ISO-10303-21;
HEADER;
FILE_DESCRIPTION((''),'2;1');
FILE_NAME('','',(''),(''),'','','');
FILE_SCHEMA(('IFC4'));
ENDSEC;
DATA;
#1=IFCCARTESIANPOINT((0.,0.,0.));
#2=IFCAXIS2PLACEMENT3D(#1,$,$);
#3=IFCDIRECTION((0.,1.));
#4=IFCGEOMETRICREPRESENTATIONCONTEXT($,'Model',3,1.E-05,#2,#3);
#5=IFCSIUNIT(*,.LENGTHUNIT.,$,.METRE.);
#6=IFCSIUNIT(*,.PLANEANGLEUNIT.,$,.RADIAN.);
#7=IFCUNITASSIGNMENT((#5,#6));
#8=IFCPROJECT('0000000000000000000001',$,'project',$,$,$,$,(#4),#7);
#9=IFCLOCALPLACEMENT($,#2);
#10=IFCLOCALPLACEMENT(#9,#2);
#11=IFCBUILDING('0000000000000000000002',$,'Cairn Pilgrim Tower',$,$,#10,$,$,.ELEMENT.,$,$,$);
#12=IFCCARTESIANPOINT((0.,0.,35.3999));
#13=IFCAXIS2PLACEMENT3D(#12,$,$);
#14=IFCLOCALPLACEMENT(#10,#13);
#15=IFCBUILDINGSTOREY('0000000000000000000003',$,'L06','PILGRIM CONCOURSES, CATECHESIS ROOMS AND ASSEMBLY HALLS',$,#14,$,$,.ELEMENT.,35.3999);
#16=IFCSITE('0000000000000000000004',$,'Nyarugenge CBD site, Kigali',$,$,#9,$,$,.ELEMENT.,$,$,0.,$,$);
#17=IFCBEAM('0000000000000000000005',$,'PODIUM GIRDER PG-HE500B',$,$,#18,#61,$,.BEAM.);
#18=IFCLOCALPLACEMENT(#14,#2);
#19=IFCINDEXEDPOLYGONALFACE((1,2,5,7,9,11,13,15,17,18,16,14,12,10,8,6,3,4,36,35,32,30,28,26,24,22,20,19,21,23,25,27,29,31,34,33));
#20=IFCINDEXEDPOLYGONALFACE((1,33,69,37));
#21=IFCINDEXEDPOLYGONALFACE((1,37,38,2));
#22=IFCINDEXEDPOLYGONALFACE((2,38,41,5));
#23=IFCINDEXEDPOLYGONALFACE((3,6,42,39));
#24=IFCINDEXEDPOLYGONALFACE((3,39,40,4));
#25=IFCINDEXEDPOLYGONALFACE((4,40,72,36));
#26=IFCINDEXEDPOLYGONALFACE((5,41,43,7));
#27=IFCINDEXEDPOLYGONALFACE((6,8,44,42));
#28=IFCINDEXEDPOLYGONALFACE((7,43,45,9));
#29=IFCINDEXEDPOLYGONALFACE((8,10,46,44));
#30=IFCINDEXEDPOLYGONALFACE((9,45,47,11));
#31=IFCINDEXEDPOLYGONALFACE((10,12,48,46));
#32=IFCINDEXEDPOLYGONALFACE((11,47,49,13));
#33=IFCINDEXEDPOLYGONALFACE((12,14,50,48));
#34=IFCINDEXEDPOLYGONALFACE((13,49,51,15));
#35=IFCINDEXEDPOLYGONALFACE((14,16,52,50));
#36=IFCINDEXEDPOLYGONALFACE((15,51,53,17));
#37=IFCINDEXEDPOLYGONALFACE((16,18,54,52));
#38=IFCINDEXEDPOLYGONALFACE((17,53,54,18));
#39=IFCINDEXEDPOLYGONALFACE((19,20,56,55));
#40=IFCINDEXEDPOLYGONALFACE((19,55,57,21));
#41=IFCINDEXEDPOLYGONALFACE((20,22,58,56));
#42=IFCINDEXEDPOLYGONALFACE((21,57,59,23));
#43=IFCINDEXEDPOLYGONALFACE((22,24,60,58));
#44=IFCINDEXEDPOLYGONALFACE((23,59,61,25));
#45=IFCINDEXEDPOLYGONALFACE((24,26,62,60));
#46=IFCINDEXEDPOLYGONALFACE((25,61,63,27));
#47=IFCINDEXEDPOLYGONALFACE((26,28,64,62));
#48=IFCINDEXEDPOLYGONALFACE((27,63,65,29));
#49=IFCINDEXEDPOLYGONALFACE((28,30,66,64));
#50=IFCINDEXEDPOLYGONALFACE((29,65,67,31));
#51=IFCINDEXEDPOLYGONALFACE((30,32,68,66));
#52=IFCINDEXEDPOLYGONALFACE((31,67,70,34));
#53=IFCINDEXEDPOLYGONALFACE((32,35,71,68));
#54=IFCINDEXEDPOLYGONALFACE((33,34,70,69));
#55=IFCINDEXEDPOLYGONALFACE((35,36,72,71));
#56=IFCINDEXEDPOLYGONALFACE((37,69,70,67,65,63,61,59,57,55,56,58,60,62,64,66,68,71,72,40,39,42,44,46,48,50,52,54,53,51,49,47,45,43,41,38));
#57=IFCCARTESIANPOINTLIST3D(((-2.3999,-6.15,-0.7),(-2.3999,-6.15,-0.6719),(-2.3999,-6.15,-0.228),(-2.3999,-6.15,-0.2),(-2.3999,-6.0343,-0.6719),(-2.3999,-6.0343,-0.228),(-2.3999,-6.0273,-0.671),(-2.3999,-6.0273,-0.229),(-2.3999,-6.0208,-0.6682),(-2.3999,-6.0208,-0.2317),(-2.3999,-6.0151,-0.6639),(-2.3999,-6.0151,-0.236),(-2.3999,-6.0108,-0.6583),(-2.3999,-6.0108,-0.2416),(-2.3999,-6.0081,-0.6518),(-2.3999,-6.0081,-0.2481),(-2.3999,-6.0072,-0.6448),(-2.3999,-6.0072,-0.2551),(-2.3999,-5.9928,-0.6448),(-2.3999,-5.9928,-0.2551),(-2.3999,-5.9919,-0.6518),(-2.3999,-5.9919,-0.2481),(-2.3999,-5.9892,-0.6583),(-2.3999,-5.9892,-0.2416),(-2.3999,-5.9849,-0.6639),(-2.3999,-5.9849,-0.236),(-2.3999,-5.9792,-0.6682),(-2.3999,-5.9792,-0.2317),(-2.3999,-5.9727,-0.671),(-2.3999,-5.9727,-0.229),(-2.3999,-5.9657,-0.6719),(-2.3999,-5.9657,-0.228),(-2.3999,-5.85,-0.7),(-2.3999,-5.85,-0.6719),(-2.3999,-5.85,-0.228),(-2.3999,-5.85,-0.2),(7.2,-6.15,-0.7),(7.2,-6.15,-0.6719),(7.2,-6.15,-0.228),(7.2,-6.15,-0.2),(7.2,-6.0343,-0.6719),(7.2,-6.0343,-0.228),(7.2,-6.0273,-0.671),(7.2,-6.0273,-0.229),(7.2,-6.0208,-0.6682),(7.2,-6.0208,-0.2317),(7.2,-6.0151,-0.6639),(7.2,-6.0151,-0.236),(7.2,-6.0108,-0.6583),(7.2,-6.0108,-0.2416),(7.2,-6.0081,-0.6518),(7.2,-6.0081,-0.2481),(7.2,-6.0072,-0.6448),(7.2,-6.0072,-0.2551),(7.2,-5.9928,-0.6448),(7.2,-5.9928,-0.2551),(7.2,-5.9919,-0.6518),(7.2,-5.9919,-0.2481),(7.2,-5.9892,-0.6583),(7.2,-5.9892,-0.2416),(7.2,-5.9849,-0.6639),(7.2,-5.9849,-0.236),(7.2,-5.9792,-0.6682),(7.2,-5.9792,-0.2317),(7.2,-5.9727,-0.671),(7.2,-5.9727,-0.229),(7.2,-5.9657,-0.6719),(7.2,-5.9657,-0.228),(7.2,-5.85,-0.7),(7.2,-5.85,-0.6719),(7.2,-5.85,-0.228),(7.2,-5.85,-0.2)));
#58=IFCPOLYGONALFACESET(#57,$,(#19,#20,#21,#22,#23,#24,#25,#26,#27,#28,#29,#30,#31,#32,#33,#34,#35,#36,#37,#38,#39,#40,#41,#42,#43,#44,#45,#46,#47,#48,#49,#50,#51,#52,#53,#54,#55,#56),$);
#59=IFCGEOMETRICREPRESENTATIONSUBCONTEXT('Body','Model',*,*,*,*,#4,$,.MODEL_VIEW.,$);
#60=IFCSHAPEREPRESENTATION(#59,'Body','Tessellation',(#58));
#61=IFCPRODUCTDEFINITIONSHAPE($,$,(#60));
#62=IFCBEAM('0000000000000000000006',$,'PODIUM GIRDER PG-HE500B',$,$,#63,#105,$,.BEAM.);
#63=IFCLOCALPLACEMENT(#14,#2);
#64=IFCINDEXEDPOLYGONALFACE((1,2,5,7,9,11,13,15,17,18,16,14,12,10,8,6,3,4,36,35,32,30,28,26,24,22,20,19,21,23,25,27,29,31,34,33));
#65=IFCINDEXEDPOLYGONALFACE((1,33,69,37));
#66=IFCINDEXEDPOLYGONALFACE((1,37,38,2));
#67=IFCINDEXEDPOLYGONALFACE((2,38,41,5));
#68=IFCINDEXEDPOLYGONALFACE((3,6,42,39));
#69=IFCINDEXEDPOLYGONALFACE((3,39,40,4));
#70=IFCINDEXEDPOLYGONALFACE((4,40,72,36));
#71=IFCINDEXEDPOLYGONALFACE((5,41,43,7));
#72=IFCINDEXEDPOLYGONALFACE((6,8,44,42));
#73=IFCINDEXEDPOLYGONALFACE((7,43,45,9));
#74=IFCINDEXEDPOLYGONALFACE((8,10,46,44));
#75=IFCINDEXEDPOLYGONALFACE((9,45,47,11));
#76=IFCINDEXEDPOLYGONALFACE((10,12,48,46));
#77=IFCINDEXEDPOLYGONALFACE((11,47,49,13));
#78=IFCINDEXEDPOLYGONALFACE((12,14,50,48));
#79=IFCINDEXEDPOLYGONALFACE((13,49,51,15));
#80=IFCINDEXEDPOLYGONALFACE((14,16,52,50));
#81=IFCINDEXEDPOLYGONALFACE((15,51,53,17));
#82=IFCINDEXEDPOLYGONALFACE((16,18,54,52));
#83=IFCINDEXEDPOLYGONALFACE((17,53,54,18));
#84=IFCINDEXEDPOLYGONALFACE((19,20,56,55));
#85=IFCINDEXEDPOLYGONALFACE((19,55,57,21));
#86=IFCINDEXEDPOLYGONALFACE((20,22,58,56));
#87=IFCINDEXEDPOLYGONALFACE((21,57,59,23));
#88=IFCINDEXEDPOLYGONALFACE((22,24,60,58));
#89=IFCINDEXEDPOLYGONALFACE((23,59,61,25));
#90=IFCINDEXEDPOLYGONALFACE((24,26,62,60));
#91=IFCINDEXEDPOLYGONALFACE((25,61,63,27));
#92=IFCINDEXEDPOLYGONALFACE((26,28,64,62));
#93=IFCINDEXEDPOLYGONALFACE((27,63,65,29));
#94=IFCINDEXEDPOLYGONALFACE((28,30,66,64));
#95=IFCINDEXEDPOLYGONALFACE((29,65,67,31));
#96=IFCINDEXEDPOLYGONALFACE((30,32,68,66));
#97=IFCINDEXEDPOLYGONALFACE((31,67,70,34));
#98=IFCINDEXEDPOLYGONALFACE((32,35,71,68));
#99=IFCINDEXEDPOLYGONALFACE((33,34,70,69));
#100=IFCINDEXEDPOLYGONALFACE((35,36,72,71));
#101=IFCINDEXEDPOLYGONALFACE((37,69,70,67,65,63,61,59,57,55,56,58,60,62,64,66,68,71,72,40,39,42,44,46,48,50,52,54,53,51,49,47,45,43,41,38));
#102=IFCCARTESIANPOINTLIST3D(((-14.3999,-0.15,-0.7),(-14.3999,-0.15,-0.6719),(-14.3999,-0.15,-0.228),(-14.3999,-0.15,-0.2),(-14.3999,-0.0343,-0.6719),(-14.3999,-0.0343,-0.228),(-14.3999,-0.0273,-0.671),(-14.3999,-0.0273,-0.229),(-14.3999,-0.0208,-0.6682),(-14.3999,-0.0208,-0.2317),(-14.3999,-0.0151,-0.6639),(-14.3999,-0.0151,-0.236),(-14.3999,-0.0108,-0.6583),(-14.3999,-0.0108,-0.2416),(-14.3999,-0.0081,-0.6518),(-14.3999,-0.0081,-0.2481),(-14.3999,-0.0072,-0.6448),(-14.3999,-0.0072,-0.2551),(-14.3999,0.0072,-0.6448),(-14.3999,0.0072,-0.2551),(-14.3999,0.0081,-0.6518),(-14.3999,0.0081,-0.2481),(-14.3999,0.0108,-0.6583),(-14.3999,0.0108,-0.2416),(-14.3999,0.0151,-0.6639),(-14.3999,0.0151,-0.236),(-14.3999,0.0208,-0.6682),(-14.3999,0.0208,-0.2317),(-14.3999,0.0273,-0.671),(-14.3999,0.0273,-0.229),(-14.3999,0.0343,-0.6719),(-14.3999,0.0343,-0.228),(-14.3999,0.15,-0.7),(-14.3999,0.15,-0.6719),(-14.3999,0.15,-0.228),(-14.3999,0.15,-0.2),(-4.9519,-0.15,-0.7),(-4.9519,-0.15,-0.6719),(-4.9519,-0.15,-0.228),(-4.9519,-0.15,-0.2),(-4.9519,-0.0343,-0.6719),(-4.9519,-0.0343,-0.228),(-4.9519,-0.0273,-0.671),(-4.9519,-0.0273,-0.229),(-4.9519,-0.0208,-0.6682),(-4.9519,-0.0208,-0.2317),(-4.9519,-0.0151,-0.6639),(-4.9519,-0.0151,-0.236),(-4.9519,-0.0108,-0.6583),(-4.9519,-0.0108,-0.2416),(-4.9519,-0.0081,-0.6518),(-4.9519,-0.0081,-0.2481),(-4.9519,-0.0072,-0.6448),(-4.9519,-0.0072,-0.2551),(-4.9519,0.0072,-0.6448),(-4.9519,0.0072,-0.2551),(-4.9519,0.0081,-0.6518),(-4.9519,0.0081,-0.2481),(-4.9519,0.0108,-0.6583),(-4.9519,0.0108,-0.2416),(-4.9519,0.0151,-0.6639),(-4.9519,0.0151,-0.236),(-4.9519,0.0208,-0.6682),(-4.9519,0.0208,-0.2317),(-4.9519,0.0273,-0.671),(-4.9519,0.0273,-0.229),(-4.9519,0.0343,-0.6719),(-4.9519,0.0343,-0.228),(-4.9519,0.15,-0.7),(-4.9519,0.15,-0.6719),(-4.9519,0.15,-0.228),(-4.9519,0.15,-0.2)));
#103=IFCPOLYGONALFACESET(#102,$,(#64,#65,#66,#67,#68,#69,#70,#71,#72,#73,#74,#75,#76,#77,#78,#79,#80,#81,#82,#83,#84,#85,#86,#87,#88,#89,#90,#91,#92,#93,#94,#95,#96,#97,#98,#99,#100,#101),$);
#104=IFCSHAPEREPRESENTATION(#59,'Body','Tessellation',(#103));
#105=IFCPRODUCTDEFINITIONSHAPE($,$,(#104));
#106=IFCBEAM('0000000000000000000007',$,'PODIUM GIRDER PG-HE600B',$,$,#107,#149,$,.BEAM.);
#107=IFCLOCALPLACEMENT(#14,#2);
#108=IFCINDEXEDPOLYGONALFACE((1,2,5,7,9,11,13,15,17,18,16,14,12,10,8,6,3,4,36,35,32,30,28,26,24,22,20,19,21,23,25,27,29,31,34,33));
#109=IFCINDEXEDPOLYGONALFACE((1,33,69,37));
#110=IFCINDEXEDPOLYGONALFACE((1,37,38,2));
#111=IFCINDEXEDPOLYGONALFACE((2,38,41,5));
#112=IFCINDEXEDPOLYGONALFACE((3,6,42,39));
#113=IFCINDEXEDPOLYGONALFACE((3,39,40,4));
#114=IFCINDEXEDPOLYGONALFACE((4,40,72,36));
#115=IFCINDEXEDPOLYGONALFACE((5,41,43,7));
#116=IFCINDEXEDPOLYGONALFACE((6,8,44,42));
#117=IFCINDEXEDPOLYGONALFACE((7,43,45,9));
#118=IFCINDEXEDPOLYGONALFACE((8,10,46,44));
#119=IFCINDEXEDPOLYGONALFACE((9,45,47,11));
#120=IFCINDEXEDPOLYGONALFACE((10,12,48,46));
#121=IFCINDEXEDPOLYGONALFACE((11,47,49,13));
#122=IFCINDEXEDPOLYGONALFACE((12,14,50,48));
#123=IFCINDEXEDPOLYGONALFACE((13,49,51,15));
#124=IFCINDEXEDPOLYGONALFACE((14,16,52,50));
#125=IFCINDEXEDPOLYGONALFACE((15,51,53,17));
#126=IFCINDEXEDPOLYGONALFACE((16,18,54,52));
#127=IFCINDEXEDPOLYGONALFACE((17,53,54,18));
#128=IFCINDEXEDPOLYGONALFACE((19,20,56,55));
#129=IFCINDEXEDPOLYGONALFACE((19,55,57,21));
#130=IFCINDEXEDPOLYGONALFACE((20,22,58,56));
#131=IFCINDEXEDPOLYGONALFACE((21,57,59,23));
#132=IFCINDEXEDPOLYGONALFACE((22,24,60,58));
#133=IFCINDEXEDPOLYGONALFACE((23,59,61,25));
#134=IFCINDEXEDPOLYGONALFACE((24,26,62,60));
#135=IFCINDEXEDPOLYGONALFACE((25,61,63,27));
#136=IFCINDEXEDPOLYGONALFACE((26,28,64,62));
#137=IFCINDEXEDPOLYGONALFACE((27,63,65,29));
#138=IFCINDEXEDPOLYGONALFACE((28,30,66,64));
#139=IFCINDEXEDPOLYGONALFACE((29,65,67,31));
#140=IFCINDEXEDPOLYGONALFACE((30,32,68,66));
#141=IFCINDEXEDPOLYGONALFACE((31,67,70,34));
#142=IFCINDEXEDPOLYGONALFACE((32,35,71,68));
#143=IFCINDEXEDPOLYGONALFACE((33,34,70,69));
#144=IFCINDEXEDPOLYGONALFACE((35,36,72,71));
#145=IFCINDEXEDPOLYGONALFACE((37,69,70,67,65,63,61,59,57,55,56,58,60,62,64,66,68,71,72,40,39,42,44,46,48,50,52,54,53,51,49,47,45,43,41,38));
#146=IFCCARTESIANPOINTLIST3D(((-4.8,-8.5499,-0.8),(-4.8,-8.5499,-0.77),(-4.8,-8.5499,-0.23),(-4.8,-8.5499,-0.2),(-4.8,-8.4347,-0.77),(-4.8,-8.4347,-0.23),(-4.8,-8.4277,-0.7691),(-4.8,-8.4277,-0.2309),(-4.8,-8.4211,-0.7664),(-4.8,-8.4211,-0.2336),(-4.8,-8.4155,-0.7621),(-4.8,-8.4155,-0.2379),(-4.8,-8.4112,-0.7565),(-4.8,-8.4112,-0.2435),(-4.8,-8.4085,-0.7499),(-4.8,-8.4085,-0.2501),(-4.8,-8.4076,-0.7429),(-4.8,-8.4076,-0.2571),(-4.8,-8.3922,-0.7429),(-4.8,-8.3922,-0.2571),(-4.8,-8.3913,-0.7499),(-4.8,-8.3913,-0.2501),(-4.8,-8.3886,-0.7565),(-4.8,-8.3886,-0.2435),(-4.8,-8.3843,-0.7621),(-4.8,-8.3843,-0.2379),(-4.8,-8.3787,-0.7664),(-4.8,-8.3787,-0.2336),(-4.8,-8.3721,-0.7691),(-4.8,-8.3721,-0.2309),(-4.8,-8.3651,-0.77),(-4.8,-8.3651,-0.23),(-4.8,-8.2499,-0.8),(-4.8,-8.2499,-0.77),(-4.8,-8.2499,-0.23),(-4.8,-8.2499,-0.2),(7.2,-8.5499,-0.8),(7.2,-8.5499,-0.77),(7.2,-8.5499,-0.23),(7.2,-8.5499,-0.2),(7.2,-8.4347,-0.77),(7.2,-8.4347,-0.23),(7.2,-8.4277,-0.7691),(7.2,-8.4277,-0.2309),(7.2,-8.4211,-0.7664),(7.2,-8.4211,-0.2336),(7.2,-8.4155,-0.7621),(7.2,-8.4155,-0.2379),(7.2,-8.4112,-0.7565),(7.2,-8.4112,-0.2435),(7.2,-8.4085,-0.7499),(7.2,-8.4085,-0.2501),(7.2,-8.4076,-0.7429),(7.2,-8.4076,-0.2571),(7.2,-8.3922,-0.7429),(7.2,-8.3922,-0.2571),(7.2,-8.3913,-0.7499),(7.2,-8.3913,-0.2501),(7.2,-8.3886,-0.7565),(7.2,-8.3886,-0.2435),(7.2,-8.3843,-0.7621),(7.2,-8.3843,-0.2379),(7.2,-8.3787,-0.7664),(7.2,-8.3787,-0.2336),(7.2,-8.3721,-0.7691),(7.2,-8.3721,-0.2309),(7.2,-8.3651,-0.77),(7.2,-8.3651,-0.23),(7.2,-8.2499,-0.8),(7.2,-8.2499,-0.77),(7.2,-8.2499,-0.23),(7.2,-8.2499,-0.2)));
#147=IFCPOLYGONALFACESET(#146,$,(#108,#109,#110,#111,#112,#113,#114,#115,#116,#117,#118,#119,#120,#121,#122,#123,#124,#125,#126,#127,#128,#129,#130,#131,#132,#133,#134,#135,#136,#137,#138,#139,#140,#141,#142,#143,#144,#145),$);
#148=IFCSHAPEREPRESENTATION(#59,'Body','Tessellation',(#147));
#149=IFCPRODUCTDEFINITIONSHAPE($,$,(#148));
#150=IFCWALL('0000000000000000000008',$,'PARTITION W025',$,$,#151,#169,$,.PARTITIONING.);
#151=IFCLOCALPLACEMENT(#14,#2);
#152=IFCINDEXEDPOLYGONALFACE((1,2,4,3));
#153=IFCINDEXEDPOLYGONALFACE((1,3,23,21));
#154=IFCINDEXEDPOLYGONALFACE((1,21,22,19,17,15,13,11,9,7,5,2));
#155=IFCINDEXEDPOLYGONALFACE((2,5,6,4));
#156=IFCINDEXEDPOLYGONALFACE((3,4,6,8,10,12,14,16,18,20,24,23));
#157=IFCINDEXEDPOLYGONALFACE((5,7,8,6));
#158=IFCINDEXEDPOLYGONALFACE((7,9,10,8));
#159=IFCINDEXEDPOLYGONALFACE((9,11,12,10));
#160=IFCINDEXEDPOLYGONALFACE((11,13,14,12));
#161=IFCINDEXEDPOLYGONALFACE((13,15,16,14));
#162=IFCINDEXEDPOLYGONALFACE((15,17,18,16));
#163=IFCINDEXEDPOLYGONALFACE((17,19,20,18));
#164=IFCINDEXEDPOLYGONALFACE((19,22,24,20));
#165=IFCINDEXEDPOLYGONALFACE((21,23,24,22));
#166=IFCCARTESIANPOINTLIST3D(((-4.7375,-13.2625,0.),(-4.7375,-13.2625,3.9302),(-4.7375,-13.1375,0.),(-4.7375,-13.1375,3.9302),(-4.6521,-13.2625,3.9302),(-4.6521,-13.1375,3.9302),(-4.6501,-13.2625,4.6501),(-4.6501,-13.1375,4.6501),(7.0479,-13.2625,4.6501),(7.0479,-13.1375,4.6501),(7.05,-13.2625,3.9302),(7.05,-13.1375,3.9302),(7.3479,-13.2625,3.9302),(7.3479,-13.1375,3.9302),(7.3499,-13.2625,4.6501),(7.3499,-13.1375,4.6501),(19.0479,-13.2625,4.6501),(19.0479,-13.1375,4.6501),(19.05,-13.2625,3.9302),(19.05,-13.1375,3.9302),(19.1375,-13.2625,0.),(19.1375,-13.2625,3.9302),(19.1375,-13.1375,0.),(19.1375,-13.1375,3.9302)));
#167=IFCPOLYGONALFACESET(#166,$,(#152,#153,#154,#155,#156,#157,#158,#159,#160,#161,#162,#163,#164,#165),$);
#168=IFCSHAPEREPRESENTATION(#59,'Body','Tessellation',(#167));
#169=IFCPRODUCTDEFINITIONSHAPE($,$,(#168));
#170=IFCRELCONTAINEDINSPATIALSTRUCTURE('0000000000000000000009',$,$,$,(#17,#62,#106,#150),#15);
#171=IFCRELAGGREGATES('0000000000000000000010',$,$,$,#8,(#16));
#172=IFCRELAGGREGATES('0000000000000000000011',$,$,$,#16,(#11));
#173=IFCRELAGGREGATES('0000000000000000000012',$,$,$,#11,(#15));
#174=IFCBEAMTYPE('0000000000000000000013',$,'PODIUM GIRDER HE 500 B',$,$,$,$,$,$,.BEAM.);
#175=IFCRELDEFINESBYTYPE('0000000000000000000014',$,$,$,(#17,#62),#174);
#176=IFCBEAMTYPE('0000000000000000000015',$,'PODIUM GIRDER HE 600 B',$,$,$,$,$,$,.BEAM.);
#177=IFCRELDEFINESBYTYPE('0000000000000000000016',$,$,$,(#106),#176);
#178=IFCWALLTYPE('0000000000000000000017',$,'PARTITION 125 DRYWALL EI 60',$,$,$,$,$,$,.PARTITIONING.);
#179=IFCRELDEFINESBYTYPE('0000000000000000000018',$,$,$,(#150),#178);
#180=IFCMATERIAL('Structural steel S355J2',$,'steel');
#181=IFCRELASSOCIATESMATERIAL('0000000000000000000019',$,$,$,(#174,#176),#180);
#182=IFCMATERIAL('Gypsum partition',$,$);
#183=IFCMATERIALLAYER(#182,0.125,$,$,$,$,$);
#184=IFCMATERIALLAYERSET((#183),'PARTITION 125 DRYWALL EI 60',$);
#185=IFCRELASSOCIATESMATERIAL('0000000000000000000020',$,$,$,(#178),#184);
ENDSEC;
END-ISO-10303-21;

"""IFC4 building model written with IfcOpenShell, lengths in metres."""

from ifc_helpers import new_model, si_unit, direction, frame, origin, origin_2d, place, context, subcontext, project, spatial, polyline, i_section, outline, extrude, material, layer, layer_set, material_profile, profile_set, type_object, element, save


model = new_model("IFC4")

# Units and contexts
model_context = context("Model", 3, precision=1e-05, world=origin(), true_north=direction((0.0, 1.0)))
body_context = subcontext(model_context, "Body", "Model", "MODEL_VIEW")
ifc_project = project(units=[si_unit("LENGTHUNIT", "METRE"), si_unit("PLANEANGLEUNIT", "RADIAN")], contexts=[model_context])

# Site, building, storey
site_placement = place(None, origin())
site = spatial("IfcSite", under=ifc_project, at=site_placement, Name="Nyarugenge CBD site, Kigali", CompositionType="ELEMENT", RefElevation=0.0)
building_placement = place(site_placement, origin())
building = spatial("IfcBuilding", under=site, at=building_placement, Name="Cairn Pilgrim Tower", CompositionType="ELEMENT")
storey_placement = place(building_placement, frame((0.0, 0.0, 35.3999)))
storey = spatial("IfcBuildingStorey", under=building, at=storey_placement, Name="L06", Description="PILGRIM CONCOURSES, CATECHESIS ROOMS AND ASSEMBLY HALLS", CompositionType="ELEMENT", Elevation=35.3999)

# Beams
ifc_material_1 = material(Name="Structural steel S355J2", Category="steel")
ifc_material_profile_1 = material_profile(ifc_material_1, i_section(OverallWidth=0.3, OverallDepth=0.5, WebThickness=0.0144, FlangeThickness=0.0281, FilletRadius=0.0271, at=origin_2d()), Name="HEB 500")
ifc_profile_set_1 = profile_set([ifc_material_profile_1], Name="Structural steel S355J2")
beam_type_1 = type_object("IfcBeamType", Name="PODIUM GIRDER HE 500 B", PredefinedType="BEAM", material=ifc_profile_set_1)
beam_1_placement = place(storey_placement, frame((-2.3999, -6.0, -0.45), z_axis=(1.0, 0.0, 0.0), x_axis=(0.0, 1.0, 0.0)))
element("IfcBeam", 1, at=beam_1_placement, inside=storey, type_object=beam_type_1, Name="PODIUM GIRDER PG-HE500B", PredefinedType="BEAM", context=body_context, shape_type="SweptSolid", body=[
    extrude(i_section(OverallWidth=0.3, OverallDepth=0.5, WebThickness=0.0144, FlangeThickness=0.0281, FilletRadius=0.0271, at=origin_2d()), origin(), (0.0, 0.0, 1.0), 9.5999),
])
beam_2_placement = place(storey_placement, frame((-14.3999, 0.0, -0.45), z_axis=(1.0, 0.0, 0.0), x_axis=(0.0, 1.0, 0.0)))
element("IfcBeam", 2, at=beam_2_placement, inside=storey, type_object=beam_type_1, Name="PODIUM GIRDER PG-HE500B", PredefinedType="BEAM", context=body_context, shape_type="SweptSolid", body=[
    extrude(i_section(OverallWidth=0.3, OverallDepth=0.5, WebThickness=0.0144, FlangeThickness=0.0281, FilletRadius=0.0271, at=origin_2d()), origin(), (0.0, 0.0, 1.0), 9.448),
])
ifc_material_profile_2 = material_profile(ifc_material_1, i_section(OverallWidth=0.3, OverallDepth=0.6001, WebThickness=0.0154, FlangeThickness=0.03, FilletRadius=0.0271, at=origin_2d()), Name="HEB 600")
ifc_profile_set_2 = profile_set([ifc_material_profile_2], Name="Structural steel S355J2")
beam_type_2 = type_object("IfcBeamType", Name="PODIUM GIRDER HE 600 B", PredefinedType="BEAM", material=ifc_profile_set_2)
beam_3_placement = place(storey_placement, frame((-4.8, -8.3999, -0.5), z_axis=(1.0, 0.0, 0.0), x_axis=(0.0, 1.0, 0.0)))
element("IfcBeam", 3, at=beam_3_placement, inside=storey, type_object=beam_type_2, Name="PODIUM GIRDER PG-HE600B", PredefinedType="BEAM", context=body_context, shape_type="SweptSolid", body=[
    extrude(i_section(OverallWidth=0.3, OverallDepth=0.6001, WebThickness=0.0154, FlangeThickness=0.03, FilletRadius=0.0271, at=origin_2d()), origin(), (0.0, 0.0, 1.0), 12.0),
])

# Wall
ifc_material_2 = material(Name="Gypsum partition")
ifc_layer_1 = layer(ifc_material_2, 0.125)
ifc_layer_set_1 = layer_set([ifc_layer_1], Name="PARTITION 125 DRYWALL EI 60")
wall_type_1 = type_object("IfcWallType", Name="PARTITION 125 DRYWALL EI 60", PredefinedType="PARTITIONING", material=ifc_layer_set_1)
wall_1_placement = place(storey_placement, frame((-4.7375, -13.2, 0.0), z_axis=(0.0, 0.0, 1.0), x_axis=(1.0, 0.0, 0.0)))
element("IfcWall", 4, at=wall_1_placement, inside=storey, type_object=wall_type_1, Name="PARTITION W025", PredefinedType="PARTITIONING", context=body_context, shape_type="SweptSolid", body=[
    extrude(outline(polyline([(0.0, 0.0), (23.875, 0.0), (23.875, 3.9302), (23.7876, 3.9302), (23.7854, 4.6501), (12.0874, 4.6501), (12.0854, 3.9302), (11.7876, 3.9302), (11.7854, 4.6501), (0.0874, 4.6501), (0.0854, 3.9302), (0.0, 3.9302), (0.0, 0.0)])), frame((0.0, 0.0625, 0.0), z_axis=(0.0, -1.0, 0.0), x_axis=(1.0, 0.0, 0.0)), (0.0, 0.0, 1.0), 0.125),
])

save(model, "model.ifc")
